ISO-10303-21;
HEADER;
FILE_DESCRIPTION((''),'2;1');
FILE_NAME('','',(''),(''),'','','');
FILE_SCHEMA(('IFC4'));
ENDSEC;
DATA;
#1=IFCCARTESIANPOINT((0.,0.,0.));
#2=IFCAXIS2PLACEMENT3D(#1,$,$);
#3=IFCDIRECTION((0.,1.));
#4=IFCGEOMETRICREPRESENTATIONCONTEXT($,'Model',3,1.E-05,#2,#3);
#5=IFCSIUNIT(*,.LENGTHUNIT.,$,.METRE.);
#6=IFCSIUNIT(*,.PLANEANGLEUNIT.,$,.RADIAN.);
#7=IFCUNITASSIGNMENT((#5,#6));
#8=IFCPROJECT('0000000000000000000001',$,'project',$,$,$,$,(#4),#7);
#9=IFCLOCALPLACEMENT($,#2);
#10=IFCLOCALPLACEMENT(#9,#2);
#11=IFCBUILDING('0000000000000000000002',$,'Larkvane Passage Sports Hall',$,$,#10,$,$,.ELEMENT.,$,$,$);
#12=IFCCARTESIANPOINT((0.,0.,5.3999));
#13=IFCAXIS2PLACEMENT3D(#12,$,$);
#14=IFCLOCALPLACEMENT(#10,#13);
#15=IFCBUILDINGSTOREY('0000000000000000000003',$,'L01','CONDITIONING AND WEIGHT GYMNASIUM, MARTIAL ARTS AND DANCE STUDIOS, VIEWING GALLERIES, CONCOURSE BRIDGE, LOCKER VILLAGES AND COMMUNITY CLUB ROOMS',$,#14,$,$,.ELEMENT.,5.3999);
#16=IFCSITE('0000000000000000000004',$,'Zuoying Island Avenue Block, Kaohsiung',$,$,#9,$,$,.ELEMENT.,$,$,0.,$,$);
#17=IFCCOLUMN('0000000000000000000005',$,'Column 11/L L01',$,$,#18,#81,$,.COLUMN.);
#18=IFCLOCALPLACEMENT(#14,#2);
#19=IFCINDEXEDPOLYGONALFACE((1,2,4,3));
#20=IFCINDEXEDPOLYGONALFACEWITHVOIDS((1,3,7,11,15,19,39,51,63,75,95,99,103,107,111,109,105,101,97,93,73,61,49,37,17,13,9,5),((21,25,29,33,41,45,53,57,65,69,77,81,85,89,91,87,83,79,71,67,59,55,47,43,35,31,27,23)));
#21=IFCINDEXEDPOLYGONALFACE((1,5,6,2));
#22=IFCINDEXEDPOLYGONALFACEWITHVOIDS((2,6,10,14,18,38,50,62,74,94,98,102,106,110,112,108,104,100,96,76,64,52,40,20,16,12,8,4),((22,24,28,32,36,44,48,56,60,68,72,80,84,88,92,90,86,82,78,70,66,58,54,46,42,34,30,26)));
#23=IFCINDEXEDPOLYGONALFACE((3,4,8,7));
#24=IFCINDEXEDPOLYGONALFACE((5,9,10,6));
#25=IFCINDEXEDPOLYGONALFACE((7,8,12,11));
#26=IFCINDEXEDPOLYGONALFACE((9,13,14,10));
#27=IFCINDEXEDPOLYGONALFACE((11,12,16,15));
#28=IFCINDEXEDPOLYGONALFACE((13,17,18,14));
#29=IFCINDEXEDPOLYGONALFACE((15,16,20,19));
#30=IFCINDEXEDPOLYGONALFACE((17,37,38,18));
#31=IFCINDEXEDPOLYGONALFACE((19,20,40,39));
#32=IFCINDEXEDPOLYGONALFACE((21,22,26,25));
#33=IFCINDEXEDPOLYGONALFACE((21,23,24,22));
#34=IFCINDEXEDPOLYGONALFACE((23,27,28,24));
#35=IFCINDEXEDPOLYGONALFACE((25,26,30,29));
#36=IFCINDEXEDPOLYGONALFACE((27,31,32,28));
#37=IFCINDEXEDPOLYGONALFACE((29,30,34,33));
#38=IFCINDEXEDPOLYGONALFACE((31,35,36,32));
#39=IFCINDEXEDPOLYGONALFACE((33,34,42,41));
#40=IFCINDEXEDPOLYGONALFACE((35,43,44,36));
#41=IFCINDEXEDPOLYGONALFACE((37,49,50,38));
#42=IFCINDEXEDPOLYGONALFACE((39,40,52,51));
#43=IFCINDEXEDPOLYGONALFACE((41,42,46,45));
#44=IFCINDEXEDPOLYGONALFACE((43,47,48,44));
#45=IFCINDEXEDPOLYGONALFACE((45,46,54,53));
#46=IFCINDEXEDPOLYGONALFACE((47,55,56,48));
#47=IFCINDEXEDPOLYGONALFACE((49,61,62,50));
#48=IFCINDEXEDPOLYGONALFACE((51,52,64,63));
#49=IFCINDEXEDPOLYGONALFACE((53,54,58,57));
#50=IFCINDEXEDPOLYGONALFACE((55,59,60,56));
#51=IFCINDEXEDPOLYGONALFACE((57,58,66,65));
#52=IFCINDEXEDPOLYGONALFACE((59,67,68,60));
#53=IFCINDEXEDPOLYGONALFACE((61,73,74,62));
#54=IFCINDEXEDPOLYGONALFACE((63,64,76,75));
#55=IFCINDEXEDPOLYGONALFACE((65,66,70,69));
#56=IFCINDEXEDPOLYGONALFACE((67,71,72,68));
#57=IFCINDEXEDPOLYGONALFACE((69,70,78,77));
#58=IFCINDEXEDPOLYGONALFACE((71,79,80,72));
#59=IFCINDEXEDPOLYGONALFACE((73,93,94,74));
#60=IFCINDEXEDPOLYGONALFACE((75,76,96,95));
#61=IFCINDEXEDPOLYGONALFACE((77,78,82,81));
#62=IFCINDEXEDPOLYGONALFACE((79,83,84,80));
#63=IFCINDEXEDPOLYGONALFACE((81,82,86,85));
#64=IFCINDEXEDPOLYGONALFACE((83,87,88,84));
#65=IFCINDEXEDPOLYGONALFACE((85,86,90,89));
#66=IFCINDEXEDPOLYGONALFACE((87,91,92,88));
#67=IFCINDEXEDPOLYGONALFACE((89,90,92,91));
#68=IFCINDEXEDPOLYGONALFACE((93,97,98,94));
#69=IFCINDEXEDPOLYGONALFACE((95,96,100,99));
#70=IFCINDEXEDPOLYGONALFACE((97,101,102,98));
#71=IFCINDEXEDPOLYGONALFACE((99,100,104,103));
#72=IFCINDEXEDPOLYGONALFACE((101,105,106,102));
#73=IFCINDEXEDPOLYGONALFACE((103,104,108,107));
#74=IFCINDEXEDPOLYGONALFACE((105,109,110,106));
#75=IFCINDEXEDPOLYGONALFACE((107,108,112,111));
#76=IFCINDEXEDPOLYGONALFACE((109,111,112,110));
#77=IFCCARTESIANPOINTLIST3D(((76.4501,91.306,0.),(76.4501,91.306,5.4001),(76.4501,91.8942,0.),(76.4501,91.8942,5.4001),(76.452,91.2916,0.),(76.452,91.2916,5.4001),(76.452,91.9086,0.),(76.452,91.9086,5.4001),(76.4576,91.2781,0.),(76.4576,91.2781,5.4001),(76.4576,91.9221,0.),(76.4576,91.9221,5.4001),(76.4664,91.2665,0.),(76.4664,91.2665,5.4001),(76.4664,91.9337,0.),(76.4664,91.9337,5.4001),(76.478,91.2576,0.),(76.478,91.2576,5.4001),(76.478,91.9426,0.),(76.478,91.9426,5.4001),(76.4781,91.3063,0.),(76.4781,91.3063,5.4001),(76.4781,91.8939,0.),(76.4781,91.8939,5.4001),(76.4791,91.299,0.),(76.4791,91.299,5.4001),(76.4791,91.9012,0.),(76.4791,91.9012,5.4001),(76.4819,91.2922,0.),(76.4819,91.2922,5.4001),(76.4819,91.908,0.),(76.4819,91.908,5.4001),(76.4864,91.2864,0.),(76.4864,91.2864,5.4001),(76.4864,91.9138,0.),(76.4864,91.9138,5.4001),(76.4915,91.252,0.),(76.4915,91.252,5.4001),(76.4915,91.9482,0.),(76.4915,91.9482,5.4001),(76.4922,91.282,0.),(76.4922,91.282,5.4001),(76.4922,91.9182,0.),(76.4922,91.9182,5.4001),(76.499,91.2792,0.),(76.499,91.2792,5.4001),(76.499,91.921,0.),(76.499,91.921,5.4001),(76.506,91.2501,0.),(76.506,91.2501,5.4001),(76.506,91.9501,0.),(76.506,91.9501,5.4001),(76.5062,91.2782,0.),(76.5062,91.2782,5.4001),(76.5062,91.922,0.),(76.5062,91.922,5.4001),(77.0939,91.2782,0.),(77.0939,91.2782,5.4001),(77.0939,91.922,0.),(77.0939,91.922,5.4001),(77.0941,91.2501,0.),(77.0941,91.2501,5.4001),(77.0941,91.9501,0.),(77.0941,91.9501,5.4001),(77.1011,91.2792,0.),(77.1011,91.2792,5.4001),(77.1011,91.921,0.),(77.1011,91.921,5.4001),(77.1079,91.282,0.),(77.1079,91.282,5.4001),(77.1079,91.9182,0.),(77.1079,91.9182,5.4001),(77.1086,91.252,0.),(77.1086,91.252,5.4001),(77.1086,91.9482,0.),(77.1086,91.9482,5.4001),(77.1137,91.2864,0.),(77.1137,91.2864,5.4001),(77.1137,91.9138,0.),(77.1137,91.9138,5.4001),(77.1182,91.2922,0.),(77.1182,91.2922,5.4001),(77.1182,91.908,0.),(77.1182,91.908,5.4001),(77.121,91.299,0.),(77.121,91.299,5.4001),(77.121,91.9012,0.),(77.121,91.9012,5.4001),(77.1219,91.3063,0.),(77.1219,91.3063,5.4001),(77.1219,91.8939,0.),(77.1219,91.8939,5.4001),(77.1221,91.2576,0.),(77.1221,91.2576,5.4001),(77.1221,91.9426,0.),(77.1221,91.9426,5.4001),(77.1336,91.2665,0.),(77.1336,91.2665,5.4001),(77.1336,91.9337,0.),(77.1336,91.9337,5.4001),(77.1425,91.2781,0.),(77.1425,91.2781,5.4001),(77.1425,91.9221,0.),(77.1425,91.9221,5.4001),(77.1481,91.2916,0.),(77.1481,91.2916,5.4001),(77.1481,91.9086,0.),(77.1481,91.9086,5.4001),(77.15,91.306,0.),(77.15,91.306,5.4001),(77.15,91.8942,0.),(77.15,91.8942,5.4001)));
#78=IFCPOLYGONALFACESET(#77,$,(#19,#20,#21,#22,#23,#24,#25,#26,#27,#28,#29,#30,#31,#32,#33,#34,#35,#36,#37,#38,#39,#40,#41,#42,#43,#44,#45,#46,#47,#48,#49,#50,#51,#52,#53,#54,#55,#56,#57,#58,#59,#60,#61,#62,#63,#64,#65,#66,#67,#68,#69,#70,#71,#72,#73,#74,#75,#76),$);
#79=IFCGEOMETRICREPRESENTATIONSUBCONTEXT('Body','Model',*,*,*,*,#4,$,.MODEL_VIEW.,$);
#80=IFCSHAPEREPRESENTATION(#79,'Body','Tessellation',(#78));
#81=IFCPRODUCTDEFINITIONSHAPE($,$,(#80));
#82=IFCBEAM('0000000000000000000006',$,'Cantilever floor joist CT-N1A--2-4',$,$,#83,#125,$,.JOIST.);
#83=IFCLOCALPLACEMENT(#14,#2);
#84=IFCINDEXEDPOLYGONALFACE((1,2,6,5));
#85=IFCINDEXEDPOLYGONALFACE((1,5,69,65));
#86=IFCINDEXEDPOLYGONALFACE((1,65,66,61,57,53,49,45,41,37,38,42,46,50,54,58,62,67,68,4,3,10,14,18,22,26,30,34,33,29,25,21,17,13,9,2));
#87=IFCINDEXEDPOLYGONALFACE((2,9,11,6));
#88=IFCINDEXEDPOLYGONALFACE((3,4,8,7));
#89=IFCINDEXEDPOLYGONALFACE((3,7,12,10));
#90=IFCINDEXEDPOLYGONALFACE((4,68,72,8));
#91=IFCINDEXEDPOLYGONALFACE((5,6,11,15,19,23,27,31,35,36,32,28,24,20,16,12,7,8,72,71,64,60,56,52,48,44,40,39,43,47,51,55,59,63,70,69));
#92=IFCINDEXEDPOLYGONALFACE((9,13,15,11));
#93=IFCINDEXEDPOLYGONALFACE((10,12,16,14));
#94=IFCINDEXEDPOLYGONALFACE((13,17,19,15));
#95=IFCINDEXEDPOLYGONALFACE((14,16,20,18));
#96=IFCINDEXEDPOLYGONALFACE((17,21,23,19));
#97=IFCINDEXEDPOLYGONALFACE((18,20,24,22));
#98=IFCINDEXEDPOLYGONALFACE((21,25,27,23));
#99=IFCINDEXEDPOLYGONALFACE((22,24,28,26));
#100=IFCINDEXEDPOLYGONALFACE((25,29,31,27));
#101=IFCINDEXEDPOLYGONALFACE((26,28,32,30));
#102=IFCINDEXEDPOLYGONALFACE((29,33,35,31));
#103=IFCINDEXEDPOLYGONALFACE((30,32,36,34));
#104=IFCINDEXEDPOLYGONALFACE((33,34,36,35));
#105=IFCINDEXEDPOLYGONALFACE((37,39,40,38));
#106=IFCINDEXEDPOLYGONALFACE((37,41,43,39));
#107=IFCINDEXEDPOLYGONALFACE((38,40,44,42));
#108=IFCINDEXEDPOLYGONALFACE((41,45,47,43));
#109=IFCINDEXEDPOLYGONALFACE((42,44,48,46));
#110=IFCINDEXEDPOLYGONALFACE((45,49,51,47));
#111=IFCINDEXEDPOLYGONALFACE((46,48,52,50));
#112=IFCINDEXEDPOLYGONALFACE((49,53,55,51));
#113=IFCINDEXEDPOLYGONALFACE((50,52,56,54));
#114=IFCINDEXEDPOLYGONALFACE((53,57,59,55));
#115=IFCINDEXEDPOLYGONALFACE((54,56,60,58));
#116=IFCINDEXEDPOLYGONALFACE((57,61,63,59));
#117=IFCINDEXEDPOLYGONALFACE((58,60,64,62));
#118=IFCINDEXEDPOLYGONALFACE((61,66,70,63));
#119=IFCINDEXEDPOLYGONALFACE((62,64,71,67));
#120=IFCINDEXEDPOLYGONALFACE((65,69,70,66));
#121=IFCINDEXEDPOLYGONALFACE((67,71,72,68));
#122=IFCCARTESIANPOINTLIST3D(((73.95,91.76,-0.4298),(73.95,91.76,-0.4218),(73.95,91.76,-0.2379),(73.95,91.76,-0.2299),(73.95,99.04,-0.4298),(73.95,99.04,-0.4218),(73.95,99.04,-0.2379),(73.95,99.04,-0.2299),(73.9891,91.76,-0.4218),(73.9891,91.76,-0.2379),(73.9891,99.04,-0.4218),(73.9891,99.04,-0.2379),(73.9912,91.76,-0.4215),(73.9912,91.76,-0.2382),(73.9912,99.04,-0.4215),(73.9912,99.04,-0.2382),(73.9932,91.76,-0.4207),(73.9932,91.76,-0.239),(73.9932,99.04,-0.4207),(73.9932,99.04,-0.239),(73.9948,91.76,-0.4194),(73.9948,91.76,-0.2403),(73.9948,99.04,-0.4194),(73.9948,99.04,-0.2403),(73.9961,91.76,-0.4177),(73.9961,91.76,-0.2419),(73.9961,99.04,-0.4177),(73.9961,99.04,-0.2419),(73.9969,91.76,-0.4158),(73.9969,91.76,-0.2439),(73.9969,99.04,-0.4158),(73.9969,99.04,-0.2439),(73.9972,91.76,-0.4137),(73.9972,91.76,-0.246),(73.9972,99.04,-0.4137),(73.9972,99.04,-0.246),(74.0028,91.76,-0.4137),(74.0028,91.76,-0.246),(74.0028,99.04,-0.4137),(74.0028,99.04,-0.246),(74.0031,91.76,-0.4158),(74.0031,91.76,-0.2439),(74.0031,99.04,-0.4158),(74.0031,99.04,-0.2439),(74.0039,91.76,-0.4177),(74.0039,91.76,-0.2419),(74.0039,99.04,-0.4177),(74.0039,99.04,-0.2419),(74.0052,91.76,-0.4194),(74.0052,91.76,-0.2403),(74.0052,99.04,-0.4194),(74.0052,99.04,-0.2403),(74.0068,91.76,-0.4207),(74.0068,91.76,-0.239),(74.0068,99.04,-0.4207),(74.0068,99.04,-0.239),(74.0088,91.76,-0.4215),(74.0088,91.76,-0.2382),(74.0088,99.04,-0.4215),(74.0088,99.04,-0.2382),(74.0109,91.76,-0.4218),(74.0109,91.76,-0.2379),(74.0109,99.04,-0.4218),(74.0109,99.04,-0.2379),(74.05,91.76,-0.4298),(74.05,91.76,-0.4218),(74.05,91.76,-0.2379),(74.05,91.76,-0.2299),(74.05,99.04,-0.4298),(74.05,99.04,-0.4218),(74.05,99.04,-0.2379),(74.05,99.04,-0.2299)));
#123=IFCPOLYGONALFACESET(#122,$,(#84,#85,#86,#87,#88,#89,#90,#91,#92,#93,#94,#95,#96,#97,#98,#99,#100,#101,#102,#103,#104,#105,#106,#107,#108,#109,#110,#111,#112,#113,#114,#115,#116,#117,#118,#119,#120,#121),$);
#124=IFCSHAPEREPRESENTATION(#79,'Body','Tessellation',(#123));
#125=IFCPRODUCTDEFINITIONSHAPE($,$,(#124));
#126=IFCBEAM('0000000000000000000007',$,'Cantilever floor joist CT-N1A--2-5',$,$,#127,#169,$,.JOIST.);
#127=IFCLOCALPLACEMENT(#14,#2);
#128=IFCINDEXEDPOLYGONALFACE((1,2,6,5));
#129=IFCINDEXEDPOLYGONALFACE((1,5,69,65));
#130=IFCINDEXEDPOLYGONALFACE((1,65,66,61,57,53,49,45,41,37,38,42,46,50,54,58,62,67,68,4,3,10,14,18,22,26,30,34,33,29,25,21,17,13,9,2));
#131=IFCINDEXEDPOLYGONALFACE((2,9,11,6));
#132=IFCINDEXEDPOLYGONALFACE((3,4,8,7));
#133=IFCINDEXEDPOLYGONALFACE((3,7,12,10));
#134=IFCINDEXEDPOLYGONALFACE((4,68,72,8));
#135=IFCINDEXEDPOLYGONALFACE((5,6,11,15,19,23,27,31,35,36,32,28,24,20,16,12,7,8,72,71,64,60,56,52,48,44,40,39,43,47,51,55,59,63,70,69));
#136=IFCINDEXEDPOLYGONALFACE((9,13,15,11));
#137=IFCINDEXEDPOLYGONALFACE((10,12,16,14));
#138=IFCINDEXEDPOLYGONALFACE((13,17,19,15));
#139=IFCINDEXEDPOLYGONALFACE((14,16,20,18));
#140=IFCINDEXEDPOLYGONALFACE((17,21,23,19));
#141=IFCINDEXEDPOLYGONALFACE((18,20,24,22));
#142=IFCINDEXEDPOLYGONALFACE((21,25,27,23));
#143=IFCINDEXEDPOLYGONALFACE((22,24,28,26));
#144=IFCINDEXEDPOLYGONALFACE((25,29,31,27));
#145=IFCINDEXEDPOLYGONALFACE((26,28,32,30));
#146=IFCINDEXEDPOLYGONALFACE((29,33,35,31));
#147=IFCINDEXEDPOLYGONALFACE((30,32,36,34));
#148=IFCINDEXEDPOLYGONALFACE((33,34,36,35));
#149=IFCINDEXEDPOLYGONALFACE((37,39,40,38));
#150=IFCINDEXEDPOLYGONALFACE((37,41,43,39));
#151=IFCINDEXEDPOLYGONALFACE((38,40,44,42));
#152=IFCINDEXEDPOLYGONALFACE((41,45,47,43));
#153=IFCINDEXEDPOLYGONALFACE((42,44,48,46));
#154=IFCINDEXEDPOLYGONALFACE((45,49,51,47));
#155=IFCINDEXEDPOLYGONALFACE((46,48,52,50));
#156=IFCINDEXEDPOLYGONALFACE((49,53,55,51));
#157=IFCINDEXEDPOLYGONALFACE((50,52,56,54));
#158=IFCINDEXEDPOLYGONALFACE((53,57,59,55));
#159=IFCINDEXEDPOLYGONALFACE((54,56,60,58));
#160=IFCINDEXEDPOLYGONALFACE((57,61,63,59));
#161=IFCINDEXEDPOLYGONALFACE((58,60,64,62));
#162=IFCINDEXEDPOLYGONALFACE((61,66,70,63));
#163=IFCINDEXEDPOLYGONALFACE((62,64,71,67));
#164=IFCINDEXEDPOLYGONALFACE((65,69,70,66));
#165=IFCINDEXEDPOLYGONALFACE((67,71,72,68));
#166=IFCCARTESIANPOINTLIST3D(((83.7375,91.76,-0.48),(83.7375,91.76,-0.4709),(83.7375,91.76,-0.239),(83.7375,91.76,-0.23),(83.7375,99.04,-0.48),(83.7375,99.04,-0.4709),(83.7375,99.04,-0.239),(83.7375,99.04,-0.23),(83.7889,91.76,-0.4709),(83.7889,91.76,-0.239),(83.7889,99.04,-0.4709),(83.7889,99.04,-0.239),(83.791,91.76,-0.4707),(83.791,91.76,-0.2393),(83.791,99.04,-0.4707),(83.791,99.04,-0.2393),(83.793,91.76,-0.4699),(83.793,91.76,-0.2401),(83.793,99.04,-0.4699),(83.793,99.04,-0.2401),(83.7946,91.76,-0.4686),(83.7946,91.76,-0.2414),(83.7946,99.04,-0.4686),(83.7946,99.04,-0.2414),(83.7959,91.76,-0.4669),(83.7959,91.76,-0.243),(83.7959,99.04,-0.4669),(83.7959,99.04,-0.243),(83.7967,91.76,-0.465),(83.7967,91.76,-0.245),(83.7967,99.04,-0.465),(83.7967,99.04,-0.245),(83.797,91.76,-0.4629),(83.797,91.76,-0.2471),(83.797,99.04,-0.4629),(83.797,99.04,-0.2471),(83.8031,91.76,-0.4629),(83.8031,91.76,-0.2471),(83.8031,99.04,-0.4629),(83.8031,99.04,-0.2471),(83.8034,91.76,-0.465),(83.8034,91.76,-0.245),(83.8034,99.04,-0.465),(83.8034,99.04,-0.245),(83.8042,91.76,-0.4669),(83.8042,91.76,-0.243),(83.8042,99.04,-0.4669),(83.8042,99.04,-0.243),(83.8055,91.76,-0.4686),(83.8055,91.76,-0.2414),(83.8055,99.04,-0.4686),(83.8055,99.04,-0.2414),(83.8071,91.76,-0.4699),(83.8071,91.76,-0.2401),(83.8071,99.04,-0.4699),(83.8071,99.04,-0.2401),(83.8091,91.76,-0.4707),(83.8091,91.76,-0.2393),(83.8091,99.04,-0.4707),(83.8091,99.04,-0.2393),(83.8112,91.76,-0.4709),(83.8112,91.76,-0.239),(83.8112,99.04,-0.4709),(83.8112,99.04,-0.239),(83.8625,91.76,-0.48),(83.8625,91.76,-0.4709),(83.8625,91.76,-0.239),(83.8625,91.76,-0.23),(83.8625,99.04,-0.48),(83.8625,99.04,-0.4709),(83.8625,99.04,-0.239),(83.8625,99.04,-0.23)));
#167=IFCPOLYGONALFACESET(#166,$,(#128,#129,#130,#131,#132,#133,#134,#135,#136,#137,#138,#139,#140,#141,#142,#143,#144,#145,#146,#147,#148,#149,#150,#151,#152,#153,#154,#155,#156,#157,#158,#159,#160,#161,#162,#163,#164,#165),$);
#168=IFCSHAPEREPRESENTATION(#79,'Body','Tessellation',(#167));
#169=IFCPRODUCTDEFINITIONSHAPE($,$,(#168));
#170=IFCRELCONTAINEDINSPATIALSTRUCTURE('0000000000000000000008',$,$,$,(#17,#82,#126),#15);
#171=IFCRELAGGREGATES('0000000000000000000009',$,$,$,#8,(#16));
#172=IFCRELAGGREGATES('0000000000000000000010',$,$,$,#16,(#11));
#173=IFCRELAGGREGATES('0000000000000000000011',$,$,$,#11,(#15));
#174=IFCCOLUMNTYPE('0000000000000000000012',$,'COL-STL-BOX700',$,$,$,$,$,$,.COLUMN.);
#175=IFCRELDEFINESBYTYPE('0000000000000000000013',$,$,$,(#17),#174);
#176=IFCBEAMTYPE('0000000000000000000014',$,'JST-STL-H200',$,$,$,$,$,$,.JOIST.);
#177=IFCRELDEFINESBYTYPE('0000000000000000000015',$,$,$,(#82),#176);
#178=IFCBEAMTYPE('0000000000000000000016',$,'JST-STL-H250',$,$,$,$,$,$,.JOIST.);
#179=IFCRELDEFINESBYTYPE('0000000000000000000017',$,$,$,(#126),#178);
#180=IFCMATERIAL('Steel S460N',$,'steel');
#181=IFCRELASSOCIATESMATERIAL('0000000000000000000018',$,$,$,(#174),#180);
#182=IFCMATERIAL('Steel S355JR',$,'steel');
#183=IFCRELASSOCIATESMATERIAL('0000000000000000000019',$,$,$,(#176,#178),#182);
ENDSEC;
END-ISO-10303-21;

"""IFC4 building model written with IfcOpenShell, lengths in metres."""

from ifc_helpers import new_model, si_unit, direction, frame, origin, origin_2d, place, context, subcontext, project, spatial, hollow_rectangle, i_section, extrude, material, material_profile, profile_set, type_object, element, save


model = new_model("IFC4")

# Units and contexts
model_context = context("Model", 3, precision=1e-05, world=origin(), true_north=direction((0.0, 1.0)))
body_context = subcontext(model_context, "Body", "Model", "MODEL_VIEW")
ifc_project = project(units=[si_unit("LENGTHUNIT", "METRE"), si_unit("PLANEANGLEUNIT", "RADIAN")], contexts=[model_context])

# Site, building, storey
site_placement = place(None, origin())
site = spatial("IfcSite", under=ifc_project, at=site_placement, Name="Zuoying Island Avenue Block, Kaohsiung", CompositionType="ELEMENT", RefElevation=0.0)
building_placement = place(site_placement, origin())
building = spatial("IfcBuilding", under=site, at=building_placement, Name="Larkvane Passage Sports Hall", CompositionType="ELEMENT")
storey_placement = place(building_placement, frame((0.0, 0.0, 5.3999)))
storey = spatial("IfcBuildingStorey", under=building, at=storey_placement, Name="L01", Description="CONDITIONING AND WEIGHT GYMNASIUM, MARTIAL ARTS AND DANCE STUDIOS, VIEWING GALLERIES, CONCOURSE BRIDGE, LOCKER VILLAGES AND COMMUNITY CLUB ROOMS", CompositionType="ELEMENT", Elevation=5.3999)

# Column
ifc_material_1 = material(Name="Steel S460N", Category="steel")
ifc_material_profile_1 = material_profile(ifc_material_1, hollow_rectangle(XDim=0.7, YDim=0.7, WallThickness=0.0281, InnerFilletRadius=0.0281, OuterFilletRadius=0.0559, at=origin_2d()), Name="BOX-700x700x28")
ifc_profile_set_1 = profile_set([ifc_material_profile_1], Name="Steel S460N")
column_type = type_object("IfcColumnType", Name="COL-STL-BOX700", PredefinedType="COLUMN", material=ifc_profile_set_1)
column_placement = place(storey_placement, frame((76.8, 91.6001, 0.0), z_axis=(0.0, 0.0, 1.0), x_axis=(1.0, 0.0, 0.0)))
element("IfcColumn", 1, at=column_placement, inside=storey, type_object=column_type, Name="Column 11/L L01", PredefinedType="COLUMN", context=body_context, shape_type="SweptSolid", body=[
    extrude(hollow_rectangle(XDim=0.7, YDim=0.7, WallThickness=0.0281, InnerFilletRadius=0.0281, OuterFilletRadius=0.0559, at=origin_2d()), origin(), (0.0, 0.0, 1.0), 5.4001),
])

# Beams
ifc_material_2 = material(Name="Steel S355JR", Category="steel")
ifc_material_profile_2 = material_profile(ifc_material_2, i_section(OverallWidth=0.1001, OverallDepth=0.2, WebThickness=0.0056, FlangeThickness=0.0081, FilletRadius=0.0081, at=origin_2d()), Name="H-200x100x5.5x8")
ifc_profile_set_2 = profile_set([ifc_material_profile_2], Name="Steel S355JR")
beam_type_1 = type_object("IfcBeamType", Name="JST-STL-H200", PredefinedType="JOIST", material=ifc_profile_set_2)
beam_1_placement = place(storey_placement, frame((74.0, 91.76, -0.3298), z_axis=(0.0, 1.0, 0.0), x_axis=(-1.0, 0.0, 0.0)))
element("IfcBeam", 2, at=beam_1_placement, inside=storey, type_object=beam_type_1, Name="Cantilever floor joist CT-N1A--2-4", PredefinedType="JOIST", context=body_context, shape_type="SweptSolid", body=[
    extrude(i_section(OverallWidth=0.1001, OverallDepth=0.2, WebThickness=0.0056, FlangeThickness=0.0081, FilletRadius=0.0081, at=origin_2d()), origin(), (0.0, 0.0, 1.0), 7.28),
])
ifc_material_profile_3 = material_profile(ifc_material_2, i_section(OverallWidth=0.125, OverallDepth=0.25, WebThickness=0.0061, FlangeThickness=0.009, FilletRadius=0.0081, at=origin_2d()), Name="H-250x125x6x9")
ifc_profile_set_3 = profile_set([ifc_material_profile_3], Name="Steel S355JR")
beam_type_2 = type_object("IfcBeamType", Name="JST-STL-H250", PredefinedType="JOIST", material=ifc_profile_set_3)
beam_2_placement = place(storey_placement, frame((83.8, 91.76, -0.355), z_axis=(0.0, 1.0, 0.0), x_axis=(-1.0, 0.0, 0.0)))
element("IfcBeam", 3, at=beam_2_placement, inside=storey, type_object=beam_type_2, Name="Cantilever floor joist CT-N1A--2-5", PredefinedType="JOIST", context=body_context, shape_type="SweptSolid", body=[
    extrude(i_section(OverallWidth=0.125, OverallDepth=0.25, WebThickness=0.0061, FlangeThickness=0.009, FilletRadius=0.0081, at=origin_2d()), origin(), (0.0, 0.0, 1.0), 7.28),
])

save(model, "model.ifc")
